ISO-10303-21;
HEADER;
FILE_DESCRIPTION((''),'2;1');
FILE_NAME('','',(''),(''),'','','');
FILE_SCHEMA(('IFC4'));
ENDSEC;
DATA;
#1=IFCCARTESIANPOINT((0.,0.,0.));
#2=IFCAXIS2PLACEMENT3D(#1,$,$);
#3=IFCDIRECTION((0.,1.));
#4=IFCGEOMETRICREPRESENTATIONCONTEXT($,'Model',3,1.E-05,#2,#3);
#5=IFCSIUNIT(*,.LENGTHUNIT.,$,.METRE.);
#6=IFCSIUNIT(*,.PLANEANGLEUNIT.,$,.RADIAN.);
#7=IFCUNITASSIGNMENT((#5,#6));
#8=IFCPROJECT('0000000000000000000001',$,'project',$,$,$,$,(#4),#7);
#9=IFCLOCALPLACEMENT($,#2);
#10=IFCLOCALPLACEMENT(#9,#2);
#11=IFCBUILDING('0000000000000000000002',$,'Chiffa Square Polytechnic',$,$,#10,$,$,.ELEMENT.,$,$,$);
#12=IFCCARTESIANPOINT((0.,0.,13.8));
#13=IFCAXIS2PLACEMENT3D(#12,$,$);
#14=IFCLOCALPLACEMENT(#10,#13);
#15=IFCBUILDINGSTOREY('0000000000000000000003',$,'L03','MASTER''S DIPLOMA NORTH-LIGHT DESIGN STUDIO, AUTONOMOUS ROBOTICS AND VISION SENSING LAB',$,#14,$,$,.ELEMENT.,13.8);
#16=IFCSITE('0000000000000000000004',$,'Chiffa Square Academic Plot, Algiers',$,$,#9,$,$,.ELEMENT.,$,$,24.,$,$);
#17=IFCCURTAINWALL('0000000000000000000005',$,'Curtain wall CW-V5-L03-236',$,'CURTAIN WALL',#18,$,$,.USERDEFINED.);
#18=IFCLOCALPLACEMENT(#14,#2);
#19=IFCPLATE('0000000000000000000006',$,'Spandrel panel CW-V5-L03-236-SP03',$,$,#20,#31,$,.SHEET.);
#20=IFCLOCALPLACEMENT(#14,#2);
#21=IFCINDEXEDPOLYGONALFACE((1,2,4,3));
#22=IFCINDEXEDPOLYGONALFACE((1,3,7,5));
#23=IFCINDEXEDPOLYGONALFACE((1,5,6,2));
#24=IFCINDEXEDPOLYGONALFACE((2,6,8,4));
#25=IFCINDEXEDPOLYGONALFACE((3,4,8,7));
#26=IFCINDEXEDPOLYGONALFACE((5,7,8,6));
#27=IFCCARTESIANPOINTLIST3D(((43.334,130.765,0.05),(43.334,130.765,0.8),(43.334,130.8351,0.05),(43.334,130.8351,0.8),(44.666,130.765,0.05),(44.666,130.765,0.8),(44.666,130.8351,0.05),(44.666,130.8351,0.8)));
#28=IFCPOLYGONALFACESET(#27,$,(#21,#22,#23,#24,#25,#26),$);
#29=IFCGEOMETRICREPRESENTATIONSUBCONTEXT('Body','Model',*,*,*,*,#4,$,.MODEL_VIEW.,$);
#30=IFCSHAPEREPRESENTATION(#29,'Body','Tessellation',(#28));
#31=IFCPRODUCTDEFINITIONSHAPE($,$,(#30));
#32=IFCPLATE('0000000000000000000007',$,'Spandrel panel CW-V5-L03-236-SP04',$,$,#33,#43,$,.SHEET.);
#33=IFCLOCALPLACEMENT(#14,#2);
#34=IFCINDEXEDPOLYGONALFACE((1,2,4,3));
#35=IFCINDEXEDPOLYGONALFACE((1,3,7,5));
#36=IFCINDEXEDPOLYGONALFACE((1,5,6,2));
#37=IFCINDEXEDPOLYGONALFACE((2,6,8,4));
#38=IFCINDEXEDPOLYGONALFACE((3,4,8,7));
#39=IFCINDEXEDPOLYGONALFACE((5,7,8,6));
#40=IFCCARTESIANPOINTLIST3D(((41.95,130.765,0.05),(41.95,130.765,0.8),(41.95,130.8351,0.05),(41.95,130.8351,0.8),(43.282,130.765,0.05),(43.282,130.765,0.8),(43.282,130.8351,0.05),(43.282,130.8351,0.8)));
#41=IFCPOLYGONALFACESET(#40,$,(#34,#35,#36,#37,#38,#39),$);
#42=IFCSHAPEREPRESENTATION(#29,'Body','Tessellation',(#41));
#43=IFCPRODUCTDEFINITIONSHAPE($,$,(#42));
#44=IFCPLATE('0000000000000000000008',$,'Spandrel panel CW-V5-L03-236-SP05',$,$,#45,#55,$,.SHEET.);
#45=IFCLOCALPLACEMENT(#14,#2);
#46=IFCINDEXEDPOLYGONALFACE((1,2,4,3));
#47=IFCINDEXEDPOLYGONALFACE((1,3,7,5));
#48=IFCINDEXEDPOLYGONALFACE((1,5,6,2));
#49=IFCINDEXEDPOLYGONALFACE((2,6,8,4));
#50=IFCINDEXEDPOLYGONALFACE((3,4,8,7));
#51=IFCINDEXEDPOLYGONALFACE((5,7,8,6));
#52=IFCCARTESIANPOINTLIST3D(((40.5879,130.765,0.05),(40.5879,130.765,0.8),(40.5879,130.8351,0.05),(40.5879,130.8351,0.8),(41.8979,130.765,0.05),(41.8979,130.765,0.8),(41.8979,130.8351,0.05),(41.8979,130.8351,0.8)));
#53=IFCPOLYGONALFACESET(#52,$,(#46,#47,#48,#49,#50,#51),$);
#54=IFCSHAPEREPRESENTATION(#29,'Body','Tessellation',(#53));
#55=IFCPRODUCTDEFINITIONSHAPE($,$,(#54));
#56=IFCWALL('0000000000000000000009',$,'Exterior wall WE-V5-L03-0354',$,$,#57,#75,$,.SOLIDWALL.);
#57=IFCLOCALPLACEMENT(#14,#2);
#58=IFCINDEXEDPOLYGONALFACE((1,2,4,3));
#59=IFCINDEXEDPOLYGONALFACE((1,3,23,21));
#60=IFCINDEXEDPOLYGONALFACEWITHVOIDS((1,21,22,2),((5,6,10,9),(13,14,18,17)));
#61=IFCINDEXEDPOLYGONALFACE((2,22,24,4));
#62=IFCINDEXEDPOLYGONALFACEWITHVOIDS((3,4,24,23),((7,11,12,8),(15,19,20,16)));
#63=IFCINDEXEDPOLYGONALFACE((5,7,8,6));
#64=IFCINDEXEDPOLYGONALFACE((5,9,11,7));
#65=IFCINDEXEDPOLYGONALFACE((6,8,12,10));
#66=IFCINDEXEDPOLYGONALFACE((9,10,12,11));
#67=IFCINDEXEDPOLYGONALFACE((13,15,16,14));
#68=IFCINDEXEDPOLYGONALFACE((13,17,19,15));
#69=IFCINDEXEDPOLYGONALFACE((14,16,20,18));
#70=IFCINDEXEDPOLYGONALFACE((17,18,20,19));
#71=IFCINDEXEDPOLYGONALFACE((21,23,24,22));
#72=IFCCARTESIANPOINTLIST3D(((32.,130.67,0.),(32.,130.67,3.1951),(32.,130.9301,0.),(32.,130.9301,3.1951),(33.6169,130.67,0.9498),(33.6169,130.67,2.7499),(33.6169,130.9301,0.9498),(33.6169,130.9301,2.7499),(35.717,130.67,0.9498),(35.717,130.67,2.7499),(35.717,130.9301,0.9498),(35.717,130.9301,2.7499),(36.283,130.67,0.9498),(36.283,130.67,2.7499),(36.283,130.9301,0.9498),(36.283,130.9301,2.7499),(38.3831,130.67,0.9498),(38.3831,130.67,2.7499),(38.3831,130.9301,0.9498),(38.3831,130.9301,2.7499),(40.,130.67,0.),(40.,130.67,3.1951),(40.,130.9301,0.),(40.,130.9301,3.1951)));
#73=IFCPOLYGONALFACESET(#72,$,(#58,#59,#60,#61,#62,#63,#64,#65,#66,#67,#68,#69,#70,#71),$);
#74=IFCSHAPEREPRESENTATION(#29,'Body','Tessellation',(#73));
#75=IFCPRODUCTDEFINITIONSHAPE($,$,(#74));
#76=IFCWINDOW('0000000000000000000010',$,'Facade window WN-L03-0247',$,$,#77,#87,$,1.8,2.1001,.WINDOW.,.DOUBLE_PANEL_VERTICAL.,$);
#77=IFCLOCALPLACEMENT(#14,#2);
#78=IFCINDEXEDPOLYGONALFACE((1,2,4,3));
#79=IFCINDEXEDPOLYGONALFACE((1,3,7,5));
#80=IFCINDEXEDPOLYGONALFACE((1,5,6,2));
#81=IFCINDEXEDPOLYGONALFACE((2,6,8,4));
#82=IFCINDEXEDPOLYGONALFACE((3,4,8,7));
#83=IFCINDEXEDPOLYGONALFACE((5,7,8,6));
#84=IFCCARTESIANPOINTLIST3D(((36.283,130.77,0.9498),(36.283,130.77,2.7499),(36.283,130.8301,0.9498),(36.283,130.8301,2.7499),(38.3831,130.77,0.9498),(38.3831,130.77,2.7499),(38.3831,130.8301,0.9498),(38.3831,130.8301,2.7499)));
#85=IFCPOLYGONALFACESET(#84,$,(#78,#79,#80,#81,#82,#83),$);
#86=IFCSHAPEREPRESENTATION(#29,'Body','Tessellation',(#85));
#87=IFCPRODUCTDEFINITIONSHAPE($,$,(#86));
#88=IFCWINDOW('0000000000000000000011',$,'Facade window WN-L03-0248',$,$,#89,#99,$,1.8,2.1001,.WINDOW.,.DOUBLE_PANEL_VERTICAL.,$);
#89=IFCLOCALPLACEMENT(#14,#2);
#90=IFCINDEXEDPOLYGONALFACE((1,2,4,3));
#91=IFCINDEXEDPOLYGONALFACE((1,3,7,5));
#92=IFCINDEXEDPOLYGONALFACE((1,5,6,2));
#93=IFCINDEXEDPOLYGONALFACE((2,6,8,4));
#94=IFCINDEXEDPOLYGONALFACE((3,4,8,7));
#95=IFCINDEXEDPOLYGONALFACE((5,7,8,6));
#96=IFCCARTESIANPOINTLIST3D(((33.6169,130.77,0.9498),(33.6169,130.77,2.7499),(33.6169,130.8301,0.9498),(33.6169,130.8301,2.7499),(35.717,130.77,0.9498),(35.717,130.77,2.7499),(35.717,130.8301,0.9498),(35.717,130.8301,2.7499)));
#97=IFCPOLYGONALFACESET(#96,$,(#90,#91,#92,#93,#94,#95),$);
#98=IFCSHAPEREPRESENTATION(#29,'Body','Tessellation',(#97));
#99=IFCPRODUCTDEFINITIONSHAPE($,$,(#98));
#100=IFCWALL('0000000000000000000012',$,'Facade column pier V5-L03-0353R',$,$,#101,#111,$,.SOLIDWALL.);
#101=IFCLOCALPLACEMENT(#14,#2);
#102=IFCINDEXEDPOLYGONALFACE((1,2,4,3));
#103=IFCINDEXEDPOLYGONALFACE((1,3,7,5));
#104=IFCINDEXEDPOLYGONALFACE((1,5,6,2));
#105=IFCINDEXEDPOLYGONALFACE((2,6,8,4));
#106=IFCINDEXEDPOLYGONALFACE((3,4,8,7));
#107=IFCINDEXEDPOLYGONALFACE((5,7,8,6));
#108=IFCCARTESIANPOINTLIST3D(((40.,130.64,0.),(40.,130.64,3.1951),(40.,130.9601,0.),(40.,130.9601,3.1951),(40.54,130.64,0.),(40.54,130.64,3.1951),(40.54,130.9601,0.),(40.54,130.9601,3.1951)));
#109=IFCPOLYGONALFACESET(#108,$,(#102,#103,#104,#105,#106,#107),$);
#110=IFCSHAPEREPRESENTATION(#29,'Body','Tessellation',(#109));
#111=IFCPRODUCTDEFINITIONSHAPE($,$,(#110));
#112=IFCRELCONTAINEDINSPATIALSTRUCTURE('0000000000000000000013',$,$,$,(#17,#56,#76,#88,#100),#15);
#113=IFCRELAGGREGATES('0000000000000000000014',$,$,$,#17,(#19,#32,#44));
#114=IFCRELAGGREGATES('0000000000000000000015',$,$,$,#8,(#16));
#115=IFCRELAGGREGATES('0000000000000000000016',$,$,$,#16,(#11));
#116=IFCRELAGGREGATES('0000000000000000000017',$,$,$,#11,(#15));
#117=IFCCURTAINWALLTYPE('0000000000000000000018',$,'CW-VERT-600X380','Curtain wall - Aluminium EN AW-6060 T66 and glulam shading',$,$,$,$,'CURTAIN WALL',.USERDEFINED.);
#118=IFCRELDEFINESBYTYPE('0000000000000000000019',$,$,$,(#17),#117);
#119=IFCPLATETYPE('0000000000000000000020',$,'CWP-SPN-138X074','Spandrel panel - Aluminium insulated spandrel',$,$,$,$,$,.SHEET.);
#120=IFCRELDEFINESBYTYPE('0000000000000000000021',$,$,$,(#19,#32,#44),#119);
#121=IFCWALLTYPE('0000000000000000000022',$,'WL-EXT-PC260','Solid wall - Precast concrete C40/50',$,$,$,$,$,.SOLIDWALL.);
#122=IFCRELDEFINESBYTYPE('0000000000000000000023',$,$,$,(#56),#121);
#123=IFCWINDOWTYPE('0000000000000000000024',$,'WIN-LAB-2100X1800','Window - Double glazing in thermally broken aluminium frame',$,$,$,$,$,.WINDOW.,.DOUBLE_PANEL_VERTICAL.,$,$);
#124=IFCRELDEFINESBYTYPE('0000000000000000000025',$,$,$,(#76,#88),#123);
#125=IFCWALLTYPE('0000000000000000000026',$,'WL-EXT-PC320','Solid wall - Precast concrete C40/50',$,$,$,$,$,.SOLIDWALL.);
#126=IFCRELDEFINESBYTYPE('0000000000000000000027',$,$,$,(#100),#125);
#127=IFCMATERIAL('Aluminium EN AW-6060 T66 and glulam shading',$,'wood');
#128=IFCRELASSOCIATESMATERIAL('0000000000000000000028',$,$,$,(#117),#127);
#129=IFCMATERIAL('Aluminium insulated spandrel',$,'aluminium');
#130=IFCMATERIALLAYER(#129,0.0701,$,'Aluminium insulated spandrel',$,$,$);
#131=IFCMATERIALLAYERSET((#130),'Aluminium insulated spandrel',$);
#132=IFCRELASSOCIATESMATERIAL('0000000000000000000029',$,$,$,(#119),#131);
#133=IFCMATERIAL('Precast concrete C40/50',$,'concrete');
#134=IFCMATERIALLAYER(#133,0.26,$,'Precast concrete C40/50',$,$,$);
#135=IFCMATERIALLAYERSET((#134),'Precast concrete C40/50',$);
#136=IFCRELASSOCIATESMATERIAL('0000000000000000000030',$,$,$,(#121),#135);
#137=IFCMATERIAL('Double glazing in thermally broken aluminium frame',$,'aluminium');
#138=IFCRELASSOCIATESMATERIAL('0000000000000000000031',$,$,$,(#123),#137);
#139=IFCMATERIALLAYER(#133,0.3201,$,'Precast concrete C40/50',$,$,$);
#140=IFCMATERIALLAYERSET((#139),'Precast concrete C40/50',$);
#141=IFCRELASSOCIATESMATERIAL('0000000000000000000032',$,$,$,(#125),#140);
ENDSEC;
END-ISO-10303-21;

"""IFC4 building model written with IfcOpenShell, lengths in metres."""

from ifc_helpers import new_model, si_unit, direction, frame, frame_2d, origin, origin_2d, place, context, subcontext, project, spatial, rectangle, extrude, material, layer, layer_set, type_object, element, fill, aggregate, save


model = new_model("IFC4")

# Units and contexts
model_context = context("Model", 3, precision=1e-05, world=origin(), true_north=direction((0.0, 1.0)))
body_context = subcontext(model_context, "Body", "Model", "MODEL_VIEW")
ifc_project = project(units=[si_unit("LENGTHUNIT", "METRE"), si_unit("PLANEANGLEUNIT", "RADIAN")], contexts=[model_context])

# Site, building, storey
site_placement = place(None, origin())
site = spatial("IfcSite", under=ifc_project, at=site_placement, Name="Chiffa Square Academic Plot, Algiers", CompositionType="ELEMENT", RefElevation=24.0)
building_placement = place(site_placement, origin())
building = spatial("IfcBuilding", under=site, at=building_placement, Name="Chiffa Square Polytechnic", CompositionType="ELEMENT")
storey_placement = place(building_placement, frame((0.0, 0.0, 13.8)))
storey = spatial("IfcBuildingStorey", under=building, at=storey_placement, Name="L03", Description="MASTER'S DIPLOMA NORTH-LIGHT DESIGN STUDIO, AUTONOMOUS ROBOTICS AND VISION SENSING LAB", CompositionType="ELEMENT", Elevation=13.8)

# Curtain wall, plates
ifc_material_1 = material(Name="Aluminium EN AW-6060 T66 and glulam shading", Category="wood")
curtain_wall_type = type_object("IfcCurtainWallType", Name="CW-VERT-600X380", Description="Curtain wall - Aluminium EN AW-6060 T66 and glulam shading", ElementType="CURTAIN WALL", PredefinedType="USERDEFINED", material=ifc_material_1)
curtain_wall_placement = place(storey_placement, origin())
curtain_wall = element("IfcCurtainWall", 1, at=curtain_wall_placement, inside=storey, type_object=curtain_wall_type, Name="Curtain wall CW-V5-L03-236", ObjectType="CURTAIN WALL", PredefinedType="USERDEFINED")
ifc_material_2 = material(Name="Aluminium insulated spandrel", Category="aluminium")
ifc_layer_1 = layer(ifc_material_2, 0.0701, Name="Aluminium insulated spandrel")
ifc_layer_set_1 = layer_set([ifc_layer_1], Name="Aluminium insulated spandrel")
plate_type_1 = type_object("IfcPlateType", Name="CWP-SPN-138X074", Description="Spandrel panel - Aluminium insulated spandrel", PredefinedType="SHEET", material=ifc_layer_set_1)
plate_1_placement = place(storey_placement, frame((44.0, 130.8, 0.05), z_axis=(0.0, 0.0, 1.0), x_axis=(-1.0, 0.0, 0.0)))
plate_1 = element("IfcPlate", 2, at=plate_1_placement, type_object=plate_type_1, Name="Spandrel panel CW-V5-L03-236-SP03", PredefinedType="SHEET", context=body_context, shape_type="SweptSolid", body=[
    extrude(rectangle(XDim=1.332, YDim=0.0701, at=origin_2d()), origin(), (0.0, 0.0, 1.0), 0.75),
])
plate_2_placement = place(storey_placement, frame((42.616, 130.8, 0.05), z_axis=(0.0, 0.0, 1.0), x_axis=(-1.0, 0.0, 0.0)))
plate_2 = element("IfcPlate", 3, at=plate_2_placement, type_object=plate_type_1, Name="Spandrel panel CW-V5-L03-236-SP04", PredefinedType="SHEET", context=body_context, shape_type="SweptSolid", body=[
    extrude(rectangle(XDim=1.332, YDim=0.0701, at=origin_2d()), origin(), (0.0, 0.0, 1.0), 0.75),
])
plate_3_placement = place(storey_placement, frame((41.2429, 130.8, 0.05), z_axis=(0.0, 0.0, 1.0), x_axis=(-1.0, 0.0, 0.0)))
plate_3 = element("IfcPlate", 4, at=plate_3_placement, type_object=plate_type_1, Name="Spandrel panel CW-V5-L03-236-SP05", PredefinedType="SHEET", context=body_context, shape_type="SweptSolid", body=[
    extrude(rectangle(XDim=1.3101, YDim=0.0701, at=origin_2d()), origin(), (0.0, 0.0, 1.0), 0.75),
])
aggregate(curtain_wall, [plate_1, plate_2, plate_3])

# Wall, openings, windows
ifc_material_3 = material(Name="Precast concrete C40/50", Category="concrete")
ifc_layer_2 = layer(ifc_material_3, 0.26, Name="Precast concrete C40/50")
ifc_layer_set_2 = layer_set([ifc_layer_2], Name="Precast concrete C40/50")
wall_type_1 = type_object("IfcWallType", Name="WL-EXT-PC260", Description="Solid wall - Precast concrete C40/50", PredefinedType="SOLIDWALL", material=ifc_layer_set_2)
wall_1_placement = place(storey_placement, frame((40.0, 130.8, 0.0), z_axis=(0.0, 0.0, 1.0), x_axis=(-1.0, 0.0, 0.0)))
wall_1 = element("IfcWall", 5, at=wall_1_placement, inside=storey, type_object=wall_type_1, Name="Exterior wall WE-V5-L03-0354", PredefinedType="SOLIDWALL", context=body_context, shape_type="SweptSolid", body=[
    extrude(rectangle(XDim=8.0, YDim=0.26, at=frame_2d((4.0, 0.0))), origin(), (0.0, 0.0, 1.0), 3.1951),
])
opening_1_placement = place(wall_1_placement, frame((1.6169, 0.0, 0.95)))
opening_1 = element("IfcOpeningElement", 6, at=opening_1_placement, cuts=wall_1, PredefinedType="OPENING", context=body_context, shape_type="SweptSolid", body=[
    extrude(rectangle(XDim=2.1001, YDim=1.8, at=frame_2d((1.05, 0.8999))), frame((0.0, 0.1401, 0.0), z_axis=(0.0, -1.0, 0.0), x_axis=(1.0, 0.0, 0.0)), (0.0, 0.0, 1.0), 0.28),
])
opening_2_placement = place(wall_1_placement, frame((4.283, 0.0, 0.95)))
opening_2 = element("IfcOpeningElement", 7, at=opening_2_placement, cuts=wall_1, PredefinedType="OPENING", context=body_context, shape_type="SweptSolid", body=[
    extrude(rectangle(XDim=2.1001, YDim=1.8, at=frame_2d((1.05, 0.8999))), frame((0.0, 0.1401, 0.0), z_axis=(0.0, -1.0, 0.0), x_axis=(1.0, 0.0, 0.0)), (0.0, 0.0, 1.0), 0.28),
])
ifc_material_4 = material(Name="Double glazing in thermally broken aluminium frame", Category="aluminium")
window_type = type_object("IfcWindowType", Name="WIN-LAB-2100X1800", Description="Window - Double glazing in thermally broken aluminium frame", PartitioningType="DOUBLE_PANEL_VERTICAL", PredefinedType="WINDOW", material=ifc_material_4)
window_1_placement = place(opening_1_placement, origin())
window_1 = element("IfcWindow", 8, at=window_1_placement, inside=storey, type_object=window_type, Name="Facade window WN-L03-0247", OverallHeight=1.8, OverallWidth=2.1001, PartitioningType="DOUBLE_PANEL_VERTICAL", PredefinedType="WINDOW", context=body_context, shape_type="SweptSolid", body=[
    extrude(rectangle(XDim=2.1001, YDim=1.8, at=frame_2d((1.05, 0.8999))), frame((0.0, 0.03, 0.0), z_axis=(0.0, -1.0, 0.0), x_axis=(1.0, 0.0, 0.0)), (0.0, 0.0, 1.0), 0.0601),
])
fill(opening_1, window_1)
window_2_placement = place(opening_2_placement, origin())
window_2 = element("IfcWindow", 9, at=window_2_placement, inside=storey, type_object=window_type, Name="Facade window WN-L03-0248", OverallHeight=1.8, OverallWidth=2.1001, PartitioningType="DOUBLE_PANEL_VERTICAL", PredefinedType="WINDOW", context=body_context, shape_type="SweptSolid", body=[
    extrude(rectangle(XDim=2.1001, YDim=1.8, at=frame_2d((1.05, 0.8999))), frame((0.0, 0.03, 0.0), z_axis=(0.0, -1.0, 0.0), x_axis=(1.0, 0.0, 0.0)), (0.0, 0.0, 1.0), 0.0601),
])
fill(opening_2, window_2)

# Wall
ifc_layer_3 = layer(ifc_material_3, 0.3201, Name="Precast concrete C40/50")
ifc_layer_set_3 = layer_set([ifc_layer_3], Name="Precast concrete C40/50")
wall_type_2 = type_object("IfcWallType", Name="WL-EXT-PC320", Description="Solid wall - Precast concrete C40/50", PredefinedType="SOLIDWALL", material=ifc_layer_set_3)
wall_2_placement = place(storey_placement, frame((40.54, 130.8, 0.0), z_axis=(0.0, 0.0, 1.0), x_axis=(-1.0, 0.0, 0.0)))
element("IfcWall", 10, at=wall_2_placement, inside=storey, type_object=wall_type_2, Name="Facade column pier V5-L03-0353R", PredefinedType="SOLIDWALL", context=body_context, shape_type="SweptSolid", body=[
    extrude(rectangle(XDim=0.54, YDim=0.3201, at=frame_2d((0.27, 0.0))), origin(), (0.0, 0.0, 1.0), 3.1951),
])

save(model, "model.ifc")
